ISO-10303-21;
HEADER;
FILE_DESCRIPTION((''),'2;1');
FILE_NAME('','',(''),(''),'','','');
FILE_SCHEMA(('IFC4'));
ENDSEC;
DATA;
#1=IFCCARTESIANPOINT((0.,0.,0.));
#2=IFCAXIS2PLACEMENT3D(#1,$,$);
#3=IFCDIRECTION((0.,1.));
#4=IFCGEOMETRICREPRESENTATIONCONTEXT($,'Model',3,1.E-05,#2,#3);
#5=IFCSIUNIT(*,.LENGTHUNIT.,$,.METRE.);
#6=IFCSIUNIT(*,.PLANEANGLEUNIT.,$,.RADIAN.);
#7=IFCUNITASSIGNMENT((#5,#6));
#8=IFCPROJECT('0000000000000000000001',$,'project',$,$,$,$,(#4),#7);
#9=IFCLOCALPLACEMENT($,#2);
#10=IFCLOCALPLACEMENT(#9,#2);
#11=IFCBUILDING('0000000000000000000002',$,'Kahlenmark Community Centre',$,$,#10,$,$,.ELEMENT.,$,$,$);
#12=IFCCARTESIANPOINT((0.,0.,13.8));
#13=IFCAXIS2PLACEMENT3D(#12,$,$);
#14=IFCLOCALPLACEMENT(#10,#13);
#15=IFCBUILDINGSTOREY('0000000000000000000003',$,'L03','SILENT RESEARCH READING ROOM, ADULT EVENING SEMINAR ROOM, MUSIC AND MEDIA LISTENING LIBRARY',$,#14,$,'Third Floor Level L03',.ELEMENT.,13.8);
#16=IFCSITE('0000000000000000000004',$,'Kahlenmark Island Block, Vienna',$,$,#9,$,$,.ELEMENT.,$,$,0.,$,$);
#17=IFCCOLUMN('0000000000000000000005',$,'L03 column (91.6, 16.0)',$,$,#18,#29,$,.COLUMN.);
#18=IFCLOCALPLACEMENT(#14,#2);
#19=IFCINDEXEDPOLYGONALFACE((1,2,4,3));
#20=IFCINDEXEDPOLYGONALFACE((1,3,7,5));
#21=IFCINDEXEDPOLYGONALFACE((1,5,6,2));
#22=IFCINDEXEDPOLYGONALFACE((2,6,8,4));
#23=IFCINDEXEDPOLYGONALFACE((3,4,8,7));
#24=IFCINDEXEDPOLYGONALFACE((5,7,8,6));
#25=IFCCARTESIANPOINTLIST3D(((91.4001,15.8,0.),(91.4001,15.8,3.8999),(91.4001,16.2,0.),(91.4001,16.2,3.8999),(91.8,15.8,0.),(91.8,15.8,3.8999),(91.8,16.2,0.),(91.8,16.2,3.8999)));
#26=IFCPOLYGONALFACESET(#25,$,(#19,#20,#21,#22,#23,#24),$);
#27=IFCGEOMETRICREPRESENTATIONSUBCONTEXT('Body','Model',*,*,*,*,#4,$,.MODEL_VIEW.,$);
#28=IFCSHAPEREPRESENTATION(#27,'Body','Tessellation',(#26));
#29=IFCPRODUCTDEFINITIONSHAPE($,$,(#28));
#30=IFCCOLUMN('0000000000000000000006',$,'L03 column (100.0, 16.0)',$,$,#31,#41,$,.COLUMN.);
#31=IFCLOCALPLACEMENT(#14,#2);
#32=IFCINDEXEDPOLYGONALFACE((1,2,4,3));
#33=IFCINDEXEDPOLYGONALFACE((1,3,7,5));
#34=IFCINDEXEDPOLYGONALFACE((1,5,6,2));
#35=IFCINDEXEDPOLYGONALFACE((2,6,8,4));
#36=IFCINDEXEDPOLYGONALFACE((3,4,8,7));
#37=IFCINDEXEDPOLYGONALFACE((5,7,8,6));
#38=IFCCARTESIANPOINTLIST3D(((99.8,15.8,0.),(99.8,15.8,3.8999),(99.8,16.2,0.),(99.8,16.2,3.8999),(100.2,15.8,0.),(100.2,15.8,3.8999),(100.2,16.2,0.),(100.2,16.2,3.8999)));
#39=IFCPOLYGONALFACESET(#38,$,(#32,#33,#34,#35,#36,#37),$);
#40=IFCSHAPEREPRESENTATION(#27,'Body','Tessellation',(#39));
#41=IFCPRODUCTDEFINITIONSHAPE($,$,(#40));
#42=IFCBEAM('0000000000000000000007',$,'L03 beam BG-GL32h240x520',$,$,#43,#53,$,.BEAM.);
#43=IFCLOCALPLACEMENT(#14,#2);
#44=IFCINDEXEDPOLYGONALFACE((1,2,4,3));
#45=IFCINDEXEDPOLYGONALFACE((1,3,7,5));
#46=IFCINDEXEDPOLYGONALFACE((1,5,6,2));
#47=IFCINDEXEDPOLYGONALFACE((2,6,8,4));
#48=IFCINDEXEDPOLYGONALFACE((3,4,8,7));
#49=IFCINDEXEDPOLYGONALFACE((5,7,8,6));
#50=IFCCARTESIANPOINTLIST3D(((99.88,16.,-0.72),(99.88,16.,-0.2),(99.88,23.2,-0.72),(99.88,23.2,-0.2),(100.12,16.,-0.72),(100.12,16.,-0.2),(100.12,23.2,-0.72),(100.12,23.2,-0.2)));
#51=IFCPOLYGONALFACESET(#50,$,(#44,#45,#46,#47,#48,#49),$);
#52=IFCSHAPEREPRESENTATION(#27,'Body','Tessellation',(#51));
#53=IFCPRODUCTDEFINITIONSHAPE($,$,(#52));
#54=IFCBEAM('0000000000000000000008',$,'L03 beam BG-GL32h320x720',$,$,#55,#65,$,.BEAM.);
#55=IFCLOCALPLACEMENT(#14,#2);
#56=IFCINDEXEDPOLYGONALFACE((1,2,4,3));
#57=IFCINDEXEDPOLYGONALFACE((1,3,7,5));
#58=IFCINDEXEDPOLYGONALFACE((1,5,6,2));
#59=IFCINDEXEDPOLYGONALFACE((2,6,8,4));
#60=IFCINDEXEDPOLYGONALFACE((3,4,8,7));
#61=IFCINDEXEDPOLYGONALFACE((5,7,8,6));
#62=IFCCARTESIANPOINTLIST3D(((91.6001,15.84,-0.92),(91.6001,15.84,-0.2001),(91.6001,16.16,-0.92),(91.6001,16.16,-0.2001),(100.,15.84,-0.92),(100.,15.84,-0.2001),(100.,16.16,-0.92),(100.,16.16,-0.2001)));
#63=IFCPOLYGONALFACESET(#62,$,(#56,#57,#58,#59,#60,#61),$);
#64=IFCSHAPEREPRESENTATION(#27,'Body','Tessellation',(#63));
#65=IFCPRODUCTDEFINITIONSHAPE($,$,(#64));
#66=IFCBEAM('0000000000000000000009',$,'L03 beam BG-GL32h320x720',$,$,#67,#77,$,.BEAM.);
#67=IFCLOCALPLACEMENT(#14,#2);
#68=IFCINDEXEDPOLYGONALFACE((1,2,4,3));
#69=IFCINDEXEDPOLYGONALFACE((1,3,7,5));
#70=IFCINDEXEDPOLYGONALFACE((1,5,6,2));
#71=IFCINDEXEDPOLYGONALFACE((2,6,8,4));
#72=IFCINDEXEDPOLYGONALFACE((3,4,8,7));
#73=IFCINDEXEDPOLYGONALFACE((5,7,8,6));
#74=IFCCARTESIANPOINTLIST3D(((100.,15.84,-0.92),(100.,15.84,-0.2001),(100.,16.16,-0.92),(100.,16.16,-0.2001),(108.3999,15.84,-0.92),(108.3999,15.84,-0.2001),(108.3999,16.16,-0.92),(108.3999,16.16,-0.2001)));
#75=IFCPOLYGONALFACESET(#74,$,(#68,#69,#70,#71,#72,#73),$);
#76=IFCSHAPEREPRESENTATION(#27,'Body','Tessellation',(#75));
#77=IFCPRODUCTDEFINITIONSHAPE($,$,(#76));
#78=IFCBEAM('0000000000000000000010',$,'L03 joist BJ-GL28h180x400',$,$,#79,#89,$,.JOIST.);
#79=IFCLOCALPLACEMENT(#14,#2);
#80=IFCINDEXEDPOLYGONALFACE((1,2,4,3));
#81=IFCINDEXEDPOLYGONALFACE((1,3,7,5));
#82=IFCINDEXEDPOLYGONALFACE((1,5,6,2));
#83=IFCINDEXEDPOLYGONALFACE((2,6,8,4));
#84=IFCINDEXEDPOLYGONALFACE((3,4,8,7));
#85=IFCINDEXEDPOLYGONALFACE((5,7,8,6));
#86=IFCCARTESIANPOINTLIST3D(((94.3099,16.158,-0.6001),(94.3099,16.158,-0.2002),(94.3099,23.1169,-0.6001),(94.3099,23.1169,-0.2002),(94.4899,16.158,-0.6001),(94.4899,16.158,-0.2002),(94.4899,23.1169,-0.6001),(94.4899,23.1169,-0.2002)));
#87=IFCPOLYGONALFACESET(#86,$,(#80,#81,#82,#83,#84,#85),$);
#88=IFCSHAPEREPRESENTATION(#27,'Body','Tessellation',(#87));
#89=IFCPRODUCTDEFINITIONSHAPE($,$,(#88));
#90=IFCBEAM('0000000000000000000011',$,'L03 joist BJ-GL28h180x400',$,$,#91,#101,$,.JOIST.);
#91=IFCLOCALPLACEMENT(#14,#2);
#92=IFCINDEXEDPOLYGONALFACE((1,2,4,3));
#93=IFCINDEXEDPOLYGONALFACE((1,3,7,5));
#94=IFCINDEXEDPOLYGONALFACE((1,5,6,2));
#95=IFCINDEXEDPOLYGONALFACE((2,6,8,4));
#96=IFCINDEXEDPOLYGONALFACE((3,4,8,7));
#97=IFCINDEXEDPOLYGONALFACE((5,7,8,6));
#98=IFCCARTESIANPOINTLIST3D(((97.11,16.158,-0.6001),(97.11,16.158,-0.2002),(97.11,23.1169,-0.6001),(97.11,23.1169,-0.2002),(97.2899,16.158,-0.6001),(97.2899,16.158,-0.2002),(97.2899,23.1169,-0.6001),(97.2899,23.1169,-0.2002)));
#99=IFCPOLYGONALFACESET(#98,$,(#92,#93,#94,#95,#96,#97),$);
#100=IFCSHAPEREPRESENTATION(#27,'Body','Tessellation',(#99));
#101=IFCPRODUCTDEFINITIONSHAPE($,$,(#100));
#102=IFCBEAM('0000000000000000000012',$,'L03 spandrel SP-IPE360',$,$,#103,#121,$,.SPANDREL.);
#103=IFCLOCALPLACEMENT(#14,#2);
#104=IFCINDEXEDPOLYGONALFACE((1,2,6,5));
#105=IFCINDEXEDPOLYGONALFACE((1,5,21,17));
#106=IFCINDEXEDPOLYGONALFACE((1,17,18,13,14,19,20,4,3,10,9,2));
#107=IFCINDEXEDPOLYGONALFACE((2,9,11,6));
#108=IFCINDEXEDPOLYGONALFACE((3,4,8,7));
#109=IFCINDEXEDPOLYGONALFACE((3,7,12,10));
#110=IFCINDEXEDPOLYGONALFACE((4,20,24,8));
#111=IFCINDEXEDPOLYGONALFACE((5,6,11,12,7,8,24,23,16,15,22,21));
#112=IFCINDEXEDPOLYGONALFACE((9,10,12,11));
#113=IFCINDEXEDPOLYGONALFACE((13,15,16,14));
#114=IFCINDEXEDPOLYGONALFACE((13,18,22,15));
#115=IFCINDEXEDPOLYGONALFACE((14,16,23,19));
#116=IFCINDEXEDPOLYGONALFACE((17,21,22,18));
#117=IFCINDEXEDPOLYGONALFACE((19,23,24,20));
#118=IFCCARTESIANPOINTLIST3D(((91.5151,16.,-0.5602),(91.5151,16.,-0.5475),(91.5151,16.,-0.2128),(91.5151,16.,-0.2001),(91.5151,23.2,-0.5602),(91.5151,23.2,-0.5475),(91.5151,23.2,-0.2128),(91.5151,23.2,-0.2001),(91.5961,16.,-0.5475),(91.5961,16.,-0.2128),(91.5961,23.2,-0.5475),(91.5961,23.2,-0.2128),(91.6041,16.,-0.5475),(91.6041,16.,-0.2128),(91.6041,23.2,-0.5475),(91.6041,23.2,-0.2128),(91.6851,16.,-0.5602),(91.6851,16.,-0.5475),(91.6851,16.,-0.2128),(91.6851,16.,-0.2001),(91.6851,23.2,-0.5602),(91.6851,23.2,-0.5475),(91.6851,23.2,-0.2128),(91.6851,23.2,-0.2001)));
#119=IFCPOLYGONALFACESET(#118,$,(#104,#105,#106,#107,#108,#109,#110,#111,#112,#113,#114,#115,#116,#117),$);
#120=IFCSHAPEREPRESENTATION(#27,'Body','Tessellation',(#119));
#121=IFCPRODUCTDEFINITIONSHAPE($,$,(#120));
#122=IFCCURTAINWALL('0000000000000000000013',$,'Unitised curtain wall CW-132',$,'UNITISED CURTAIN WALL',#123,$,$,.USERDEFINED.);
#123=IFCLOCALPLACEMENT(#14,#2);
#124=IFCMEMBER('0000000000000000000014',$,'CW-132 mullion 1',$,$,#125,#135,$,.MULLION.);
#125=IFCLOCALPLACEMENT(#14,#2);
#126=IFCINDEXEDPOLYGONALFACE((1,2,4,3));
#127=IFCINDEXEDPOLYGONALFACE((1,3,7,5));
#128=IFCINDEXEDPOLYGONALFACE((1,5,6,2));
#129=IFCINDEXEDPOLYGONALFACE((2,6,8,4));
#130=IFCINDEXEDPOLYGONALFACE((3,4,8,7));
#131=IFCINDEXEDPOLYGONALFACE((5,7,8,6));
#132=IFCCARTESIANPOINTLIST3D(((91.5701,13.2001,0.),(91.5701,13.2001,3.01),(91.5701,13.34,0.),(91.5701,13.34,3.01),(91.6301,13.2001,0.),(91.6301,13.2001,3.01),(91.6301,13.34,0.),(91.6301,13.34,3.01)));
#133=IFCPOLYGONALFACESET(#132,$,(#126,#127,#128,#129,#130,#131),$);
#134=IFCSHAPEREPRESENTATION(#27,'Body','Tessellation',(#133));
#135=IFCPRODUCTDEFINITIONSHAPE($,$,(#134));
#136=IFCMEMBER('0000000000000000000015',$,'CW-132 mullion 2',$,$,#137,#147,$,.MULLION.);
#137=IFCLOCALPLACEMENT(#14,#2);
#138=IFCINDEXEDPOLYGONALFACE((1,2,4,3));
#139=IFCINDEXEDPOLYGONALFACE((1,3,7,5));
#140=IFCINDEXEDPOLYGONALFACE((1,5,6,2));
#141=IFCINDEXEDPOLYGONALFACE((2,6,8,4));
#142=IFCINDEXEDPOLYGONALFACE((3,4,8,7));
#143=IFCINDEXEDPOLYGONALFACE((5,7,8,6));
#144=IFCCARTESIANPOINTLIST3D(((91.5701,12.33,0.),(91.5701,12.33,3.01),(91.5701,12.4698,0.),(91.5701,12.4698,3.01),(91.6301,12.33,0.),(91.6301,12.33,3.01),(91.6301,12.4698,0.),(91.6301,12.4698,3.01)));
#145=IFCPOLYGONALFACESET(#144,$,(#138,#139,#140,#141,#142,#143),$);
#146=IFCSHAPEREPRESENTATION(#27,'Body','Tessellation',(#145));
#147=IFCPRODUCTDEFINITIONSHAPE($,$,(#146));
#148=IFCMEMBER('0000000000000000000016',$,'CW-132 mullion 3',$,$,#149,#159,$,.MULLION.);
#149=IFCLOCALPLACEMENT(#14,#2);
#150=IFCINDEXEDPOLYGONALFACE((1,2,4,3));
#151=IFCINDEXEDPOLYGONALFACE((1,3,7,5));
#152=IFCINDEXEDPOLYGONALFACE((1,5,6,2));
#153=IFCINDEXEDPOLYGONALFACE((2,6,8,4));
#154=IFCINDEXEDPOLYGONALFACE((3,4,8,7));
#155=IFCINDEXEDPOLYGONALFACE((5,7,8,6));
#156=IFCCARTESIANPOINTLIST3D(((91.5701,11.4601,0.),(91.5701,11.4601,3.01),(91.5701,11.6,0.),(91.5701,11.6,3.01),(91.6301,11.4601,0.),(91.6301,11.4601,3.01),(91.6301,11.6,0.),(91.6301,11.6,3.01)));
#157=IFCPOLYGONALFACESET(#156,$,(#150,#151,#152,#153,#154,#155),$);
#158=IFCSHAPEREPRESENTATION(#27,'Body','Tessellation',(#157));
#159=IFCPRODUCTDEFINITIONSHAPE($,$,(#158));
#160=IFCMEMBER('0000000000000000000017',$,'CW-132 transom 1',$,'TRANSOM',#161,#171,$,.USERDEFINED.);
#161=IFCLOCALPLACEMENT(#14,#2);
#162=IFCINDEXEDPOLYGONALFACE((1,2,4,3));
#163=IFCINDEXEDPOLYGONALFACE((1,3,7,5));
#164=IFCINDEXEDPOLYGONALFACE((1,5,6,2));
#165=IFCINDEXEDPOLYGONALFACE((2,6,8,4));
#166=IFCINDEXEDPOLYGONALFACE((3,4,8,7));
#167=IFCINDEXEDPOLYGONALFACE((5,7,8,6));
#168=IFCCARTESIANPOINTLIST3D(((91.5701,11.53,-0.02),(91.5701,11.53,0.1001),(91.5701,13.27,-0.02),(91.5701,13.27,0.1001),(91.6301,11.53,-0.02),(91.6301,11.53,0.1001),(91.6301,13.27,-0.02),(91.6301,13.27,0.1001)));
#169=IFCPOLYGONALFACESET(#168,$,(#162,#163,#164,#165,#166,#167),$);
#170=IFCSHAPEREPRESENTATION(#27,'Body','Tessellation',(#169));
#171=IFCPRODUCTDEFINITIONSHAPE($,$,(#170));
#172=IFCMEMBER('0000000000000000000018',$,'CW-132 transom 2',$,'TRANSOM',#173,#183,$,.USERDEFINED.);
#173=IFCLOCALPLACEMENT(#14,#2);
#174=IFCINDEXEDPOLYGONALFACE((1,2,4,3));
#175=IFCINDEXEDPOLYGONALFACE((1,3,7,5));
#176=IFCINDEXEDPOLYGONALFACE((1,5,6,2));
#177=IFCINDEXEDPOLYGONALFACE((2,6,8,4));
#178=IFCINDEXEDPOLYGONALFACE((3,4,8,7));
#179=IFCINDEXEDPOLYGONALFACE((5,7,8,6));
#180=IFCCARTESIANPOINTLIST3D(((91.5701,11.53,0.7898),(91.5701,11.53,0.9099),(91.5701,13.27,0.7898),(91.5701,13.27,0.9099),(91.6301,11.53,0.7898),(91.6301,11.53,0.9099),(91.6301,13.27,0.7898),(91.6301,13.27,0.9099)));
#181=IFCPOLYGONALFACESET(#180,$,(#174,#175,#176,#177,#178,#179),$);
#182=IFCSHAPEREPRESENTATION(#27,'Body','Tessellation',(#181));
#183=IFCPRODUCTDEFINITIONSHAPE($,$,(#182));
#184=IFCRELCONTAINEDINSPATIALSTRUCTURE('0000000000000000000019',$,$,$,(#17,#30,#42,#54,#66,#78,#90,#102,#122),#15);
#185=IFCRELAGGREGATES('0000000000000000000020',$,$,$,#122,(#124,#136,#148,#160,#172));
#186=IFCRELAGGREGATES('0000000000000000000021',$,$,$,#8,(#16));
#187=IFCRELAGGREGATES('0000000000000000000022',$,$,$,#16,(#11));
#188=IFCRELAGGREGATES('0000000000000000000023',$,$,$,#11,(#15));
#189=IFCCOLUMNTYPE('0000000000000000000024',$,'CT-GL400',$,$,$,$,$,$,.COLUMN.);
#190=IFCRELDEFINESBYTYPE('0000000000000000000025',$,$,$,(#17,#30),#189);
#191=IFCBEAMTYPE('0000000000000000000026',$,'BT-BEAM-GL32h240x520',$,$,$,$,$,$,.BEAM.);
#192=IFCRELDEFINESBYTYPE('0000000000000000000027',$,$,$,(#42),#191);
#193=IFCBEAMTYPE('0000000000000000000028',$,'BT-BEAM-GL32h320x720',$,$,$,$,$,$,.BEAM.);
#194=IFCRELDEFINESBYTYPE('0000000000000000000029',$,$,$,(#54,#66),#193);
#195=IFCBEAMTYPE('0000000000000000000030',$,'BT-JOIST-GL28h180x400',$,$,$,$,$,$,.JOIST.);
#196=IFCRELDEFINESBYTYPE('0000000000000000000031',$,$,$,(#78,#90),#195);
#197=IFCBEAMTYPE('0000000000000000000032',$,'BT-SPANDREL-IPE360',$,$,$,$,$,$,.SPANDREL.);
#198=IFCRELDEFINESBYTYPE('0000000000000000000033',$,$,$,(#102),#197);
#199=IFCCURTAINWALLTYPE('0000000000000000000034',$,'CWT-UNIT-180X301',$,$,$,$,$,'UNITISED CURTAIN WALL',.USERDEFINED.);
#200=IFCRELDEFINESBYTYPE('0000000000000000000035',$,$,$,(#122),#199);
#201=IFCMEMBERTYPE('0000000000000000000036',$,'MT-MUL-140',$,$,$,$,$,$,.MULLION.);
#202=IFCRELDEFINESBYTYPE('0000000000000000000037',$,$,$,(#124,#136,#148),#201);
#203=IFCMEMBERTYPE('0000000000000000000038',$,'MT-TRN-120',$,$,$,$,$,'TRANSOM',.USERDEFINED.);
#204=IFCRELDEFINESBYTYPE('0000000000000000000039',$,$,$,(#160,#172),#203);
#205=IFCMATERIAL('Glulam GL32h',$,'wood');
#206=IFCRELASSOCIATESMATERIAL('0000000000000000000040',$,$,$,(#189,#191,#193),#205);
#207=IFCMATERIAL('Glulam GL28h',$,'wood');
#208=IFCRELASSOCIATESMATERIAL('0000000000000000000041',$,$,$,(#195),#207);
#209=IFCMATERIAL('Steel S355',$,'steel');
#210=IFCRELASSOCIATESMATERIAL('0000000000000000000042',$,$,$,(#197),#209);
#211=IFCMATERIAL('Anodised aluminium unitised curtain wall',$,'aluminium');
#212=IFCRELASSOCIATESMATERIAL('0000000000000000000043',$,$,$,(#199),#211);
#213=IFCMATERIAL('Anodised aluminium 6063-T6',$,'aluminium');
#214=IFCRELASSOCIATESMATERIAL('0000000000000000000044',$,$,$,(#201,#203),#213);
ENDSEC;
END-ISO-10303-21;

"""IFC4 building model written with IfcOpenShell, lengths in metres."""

from ifc_helpers import new_model, si_unit, direction, frame, origin, origin_2d, place, context, subcontext, project, spatial, rectangle, i_section, extrude, material, material_profile, profile_set, type_object, element, aggregate, save


model = new_model("IFC4")

# Units and contexts
model_context = context("Model", 3, precision=1e-05, world=origin(), true_north=direction((0.0, 1.0)))
body_context = subcontext(model_context, "Body", "Model", "MODEL_VIEW")
ifc_project = project(units=[si_unit("LENGTHUNIT", "METRE"), si_unit("PLANEANGLEUNIT", "RADIAN")], contexts=[model_context])

# Site, building, storey
site_placement = place(None, origin())
site = spatial("IfcSite", under=ifc_project, at=site_placement, Name="Kahlenmark Island Block, Vienna", CompositionType="ELEMENT", RefElevation=0.0)
building_placement = place(site_placement, origin())
building = spatial("IfcBuilding", under=site, at=building_placement, Name="Kahlenmark Community Centre", CompositionType="ELEMENT")
storey_placement = place(building_placement, frame((0.0, 0.0, 13.8)))
storey = spatial("IfcBuildingStorey", under=building, at=storey_placement, Name="L03", Description="SILENT RESEARCH READING ROOM, ADULT EVENING SEMINAR ROOM, MUSIC AND MEDIA LISTENING LIBRARY", LongName="Third Floor Level L03", CompositionType="ELEMENT", Elevation=13.8)

# Columns
ifc_material_1 = material(Name="Glulam GL32h", Category="wood")
ifc_material_profile_1 = material_profile(ifc_material_1, rectangle(XDim=0.3999, YDim=0.3999, at=origin_2d()), Name="GL32h 400x400")
ifc_profile_set_1 = profile_set([ifc_material_profile_1], Name="Glulam GL32h")
column_type = type_object("IfcColumnType", Name="CT-GL400", PredefinedType="COLUMN", material=ifc_profile_set_1)
for number, where, z_axis, x_axis, name in (
    (1, (91.6001, 16.0, 0.0), (0.0, 0.0, 1.0), (1.0, 0.0, 0.0), "L03 column (91.6, 16.0)"),
    (2, (100.0, 16.0, 0.0), (0.0, 0.0, 1.0), (1.0, 0.0, 0.0), "L03 column (100.0, 16.0)"),
):
    element("IfcColumn", number, at=place(storey_placement, frame(where, z_axis=z_axis, x_axis=x_axis)), inside=storey, type_object=column_type, Name=name, PredefinedType="COLUMN", context=body_context, shape_type="SweptSolid", body=[
        extrude(rectangle(XDim=0.3999, YDim=0.3999, at=origin_2d()), origin(), (0.0, 0.0, 1.0), 3.8999),
    ])

# Beams
ifc_material_profile_2 = material_profile(ifc_material_1, rectangle(XDim=0.24, YDim=0.52, at=origin_2d()), Name="GL32h 240x520")
ifc_profile_set_2 = profile_set([ifc_material_profile_2], Name="Glulam GL32h")
beam_type_1 = type_object("IfcBeamType", Name="BT-BEAM-GL32h240x520", PredefinedType="BEAM", material=ifc_profile_set_2)
beam_1_placement = place(storey_placement, frame((100.0, 16.0, -0.46), z_axis=(0.0, 1.0, 0.0), x_axis=(-1.0, 0.0, 0.0)))
element("IfcBeam", 3, at=beam_1_placement, inside=storey, type_object=beam_type_1, Name="L03 beam BG-GL32h240x520", PredefinedType="BEAM", context=body_context, shape_type="SweptSolid", body=[
    extrude(rectangle(XDim=0.24, YDim=0.52, at=origin_2d()), origin(), (0.0, 0.0, 1.0), 7.2),
])
ifc_material_profile_3 = material_profile(ifc_material_1, rectangle(XDim=0.3201, YDim=0.72, at=origin_2d()), Name="GL32h 320x720")
ifc_profile_set_3 = profile_set([ifc_material_profile_3], Name="Glulam GL32h")
beam_type_2 = type_object("IfcBeamType", Name="BT-BEAM-GL32h320x720", PredefinedType="BEAM", material=ifc_profile_set_3)
for number, where, z_axis, x_axis, name in (
    (4, (91.6001, 16.0, -0.5601), (1.0, 0.0, 0.0), (0.0, 1.0, 0.0), "L03 beam BG-GL32h320x720"),
    (5, (100.0, 16.0, -0.5601), (1.0, 0.0, 0.0), (0.0, 1.0, 0.0), "L03 beam BG-GL32h320x720"),
):
    element("IfcBeam", number, at=place(storey_placement, frame(where, z_axis=z_axis, x_axis=x_axis)), inside=storey, type_object=beam_type_2, Name=name, PredefinedType="BEAM", context=body_context, shape_type="SweptSolid", body=[
        extrude(rectangle(XDim=0.3201, YDim=0.72, at=origin_2d()), origin(), (0.0, 0.0, 1.0), 8.3999),
    ])
ifc_material_2 = material(Name="Glulam GL28h", Category="wood")
ifc_material_profile_4 = material_profile(ifc_material_2, rectangle(XDim=0.1799, YDim=0.3999, at=origin_2d()), Name="GL28h 180x400")
ifc_profile_set_4 = profile_set([ifc_material_profile_4], Name="Glulam GL28h")
beam_type_3 = type_object("IfcBeamType", Name="BT-JOIST-GL28h180x400", PredefinedType="JOIST", material=ifc_profile_set_4)
for number, where, z_axis, x_axis, name in (
    (6, (94.3999, 16.158, -0.4001), (0.0, 1.0, 0.0), (-1.0, 0.0, 0.0), "L03 joist BJ-GL28h180x400"),
    (7, (97.2, 16.158, -0.4001), (0.0, 1.0, 0.0), (-1.0, 0.0, 0.0), "L03 joist BJ-GL28h180x400"),
):
    element("IfcBeam", number, at=place(storey_placement, frame(where, z_axis=z_axis, x_axis=x_axis)), inside=storey, type_object=beam_type_3, Name=name, PredefinedType="JOIST", context=body_context, shape_type="SweptSolid", body=[
        extrude(rectangle(XDim=0.1799, YDim=0.3999, at=origin_2d()), origin(), (0.0, 0.0, 1.0), 6.959),
    ])
ifc_material_3 = material(Name="Steel S355", Category="steel")
ifc_material_profile_5 = material_profile(ifc_material_3, i_section(OverallWidth=0.1699, OverallDepth=0.3601, WebThickness=0.0081, FlangeThickness=0.0127, at=origin_2d()), Name="IPE 360")
ifc_profile_set_5 = profile_set([ifc_material_profile_5], Name="Steel S355")
beam_type_4 = type_object("IfcBeamType", Name="BT-SPANDREL-IPE360", PredefinedType="SPANDREL", material=ifc_profile_set_5)
beam_2_placement = place(storey_placement, frame((91.6001, 16.0, -0.3801), z_axis=(0.0, 1.0, 0.0), x_axis=(-1.0, 0.0, 0.0)))
element("IfcBeam", 8, at=beam_2_placement, inside=storey, type_object=beam_type_4, Name="L03 spandrel SP-IPE360", PredefinedType="SPANDREL", context=body_context, shape_type="SweptSolid", body=[
    extrude(i_section(OverallWidth=0.1699, OverallDepth=0.3601, WebThickness=0.0081, FlangeThickness=0.0127, at=origin_2d()), origin(), (0.0, 0.0, 1.0), 7.2),
])

# Curtain wall, members
ifc_material_4 = material(Name="Anodised aluminium unitised curtain wall", Category="aluminium")
curtain_wall_type = type_object("IfcCurtainWallType", Name="CWT-UNIT-180X301", ElementType="UNITISED CURTAIN WALL", PredefinedType="USERDEFINED", material=ifc_material_4)
curtain_wall_placement = place(storey_placement, origin())
curtain_wall = element("IfcCurtainWall", 9, at=curtain_wall_placement, inside=storey, type_object=curtain_wall_type, Name="Unitised curtain wall CW-132", ObjectType="UNITISED CURTAIN WALL", PredefinedType="USERDEFINED")
ifc_material_5 = material(Name="Anodised aluminium 6063-T6", Category="aluminium")
ifc_material_profile_6 = material_profile(ifc_material_5, rectangle(XDim=0.0601, YDim=0.1399, at=origin_2d()), Name="ALU MULLION 60x140")
ifc_profile_set_6 = profile_set([ifc_material_profile_6], Name="Anodised aluminium 6063-T6")
member_type_1 = type_object("IfcMemberType", Name="MT-MUL-140", PredefinedType="MULLION", material=ifc_profile_set_6)
member_1_placement = place(storey_placement, frame((91.6001, 13.27, 0.0), z_axis=(0.0, 0.0, 1.0), x_axis=(1.0, 0.0, 0.0)))
member_1 = element("IfcMember", 10, at=member_1_placement, type_object=member_type_1, Name="CW-132 mullion 1", PredefinedType="MULLION", context=body_context, shape_type="SweptSolid", body=[
    extrude(rectangle(XDim=0.0601, YDim=0.1399, at=origin_2d()), origin(), (0.0, 0.0, 1.0), 3.01),
])
member_2_placement = place(storey_placement, frame((91.6001, 12.3999, 0.0), z_axis=(0.0, 0.0, 1.0), x_axis=(1.0, 0.0, 0.0)))
member_2 = element("IfcMember", 11, at=member_2_placement, type_object=member_type_1, Name="CW-132 mullion 2", PredefinedType="MULLION", context=body_context, shape_type="SweptSolid", body=[
    extrude(rectangle(XDim=0.0601, YDim=0.1399, at=origin_2d()), origin(), (0.0, 0.0, 1.0), 3.01),
])
member_3_placement = place(storey_placement, frame((91.6001, 11.53, 0.0), z_axis=(0.0, 0.0, 1.0), x_axis=(1.0, 0.0, 0.0)))
member_3 = element("IfcMember", 12, at=member_3_placement, type_object=member_type_1, Name="CW-132 mullion 3", PredefinedType="MULLION", context=body_context, shape_type="SweptSolid", body=[
    extrude(rectangle(XDim=0.0601, YDim=0.1399, at=origin_2d()), origin(), (0.0, 0.0, 1.0), 3.01),
])
ifc_material_profile_7 = material_profile(ifc_material_5, rectangle(XDim=0.0601, YDim=0.1201, at=origin_2d()), Name="ALU TRANSOM 60x120")
ifc_profile_set_7 = profile_set([ifc_material_profile_7], Name="Anodised aluminium 6063-T6")
member_type_2 = type_object("IfcMemberType", Name="MT-TRN-120", ElementType="TRANSOM", PredefinedType="USERDEFINED", material=ifc_profile_set_7)
member_4_placement = place(storey_placement, frame((91.6001, 13.27, 0.04), z_axis=(0.0, -1.0, 0.0), x_axis=(1.0, 0.0, 0.0)))
member_4 = element("IfcMember", 13, at=member_4_placement, type_object=member_type_2, Name="CW-132 transom 1", ObjectType="TRANSOM", PredefinedType="USERDEFINED", context=body_context, shape_type="SweptSolid", body=[
    extrude(rectangle(XDim=0.0601, YDim=0.1201, at=origin_2d()), origin(), (0.0, 0.0, 1.0), 1.74),
])
member_5_placement = place(storey_placement, frame((91.6001, 13.27, 0.8499), z_axis=(0.0, -1.0, 0.0), x_axis=(1.0, 0.0, 0.0)))
member_5 = element("IfcMember", 14, at=member_5_placement, type_object=member_type_2, Name="CW-132 transom 2", ObjectType="TRANSOM", PredefinedType="USERDEFINED", context=body_context, shape_type="SweptSolid", body=[
    extrude(rectangle(XDim=0.0601, YDim=0.1201, at=origin_2d()), origin(), (0.0, 0.0, 1.0), 1.74),
])
aggregate(curtain_wall, [member_1, member_2, member_3, member_4, member_5])

save(model, "model.ifc")
